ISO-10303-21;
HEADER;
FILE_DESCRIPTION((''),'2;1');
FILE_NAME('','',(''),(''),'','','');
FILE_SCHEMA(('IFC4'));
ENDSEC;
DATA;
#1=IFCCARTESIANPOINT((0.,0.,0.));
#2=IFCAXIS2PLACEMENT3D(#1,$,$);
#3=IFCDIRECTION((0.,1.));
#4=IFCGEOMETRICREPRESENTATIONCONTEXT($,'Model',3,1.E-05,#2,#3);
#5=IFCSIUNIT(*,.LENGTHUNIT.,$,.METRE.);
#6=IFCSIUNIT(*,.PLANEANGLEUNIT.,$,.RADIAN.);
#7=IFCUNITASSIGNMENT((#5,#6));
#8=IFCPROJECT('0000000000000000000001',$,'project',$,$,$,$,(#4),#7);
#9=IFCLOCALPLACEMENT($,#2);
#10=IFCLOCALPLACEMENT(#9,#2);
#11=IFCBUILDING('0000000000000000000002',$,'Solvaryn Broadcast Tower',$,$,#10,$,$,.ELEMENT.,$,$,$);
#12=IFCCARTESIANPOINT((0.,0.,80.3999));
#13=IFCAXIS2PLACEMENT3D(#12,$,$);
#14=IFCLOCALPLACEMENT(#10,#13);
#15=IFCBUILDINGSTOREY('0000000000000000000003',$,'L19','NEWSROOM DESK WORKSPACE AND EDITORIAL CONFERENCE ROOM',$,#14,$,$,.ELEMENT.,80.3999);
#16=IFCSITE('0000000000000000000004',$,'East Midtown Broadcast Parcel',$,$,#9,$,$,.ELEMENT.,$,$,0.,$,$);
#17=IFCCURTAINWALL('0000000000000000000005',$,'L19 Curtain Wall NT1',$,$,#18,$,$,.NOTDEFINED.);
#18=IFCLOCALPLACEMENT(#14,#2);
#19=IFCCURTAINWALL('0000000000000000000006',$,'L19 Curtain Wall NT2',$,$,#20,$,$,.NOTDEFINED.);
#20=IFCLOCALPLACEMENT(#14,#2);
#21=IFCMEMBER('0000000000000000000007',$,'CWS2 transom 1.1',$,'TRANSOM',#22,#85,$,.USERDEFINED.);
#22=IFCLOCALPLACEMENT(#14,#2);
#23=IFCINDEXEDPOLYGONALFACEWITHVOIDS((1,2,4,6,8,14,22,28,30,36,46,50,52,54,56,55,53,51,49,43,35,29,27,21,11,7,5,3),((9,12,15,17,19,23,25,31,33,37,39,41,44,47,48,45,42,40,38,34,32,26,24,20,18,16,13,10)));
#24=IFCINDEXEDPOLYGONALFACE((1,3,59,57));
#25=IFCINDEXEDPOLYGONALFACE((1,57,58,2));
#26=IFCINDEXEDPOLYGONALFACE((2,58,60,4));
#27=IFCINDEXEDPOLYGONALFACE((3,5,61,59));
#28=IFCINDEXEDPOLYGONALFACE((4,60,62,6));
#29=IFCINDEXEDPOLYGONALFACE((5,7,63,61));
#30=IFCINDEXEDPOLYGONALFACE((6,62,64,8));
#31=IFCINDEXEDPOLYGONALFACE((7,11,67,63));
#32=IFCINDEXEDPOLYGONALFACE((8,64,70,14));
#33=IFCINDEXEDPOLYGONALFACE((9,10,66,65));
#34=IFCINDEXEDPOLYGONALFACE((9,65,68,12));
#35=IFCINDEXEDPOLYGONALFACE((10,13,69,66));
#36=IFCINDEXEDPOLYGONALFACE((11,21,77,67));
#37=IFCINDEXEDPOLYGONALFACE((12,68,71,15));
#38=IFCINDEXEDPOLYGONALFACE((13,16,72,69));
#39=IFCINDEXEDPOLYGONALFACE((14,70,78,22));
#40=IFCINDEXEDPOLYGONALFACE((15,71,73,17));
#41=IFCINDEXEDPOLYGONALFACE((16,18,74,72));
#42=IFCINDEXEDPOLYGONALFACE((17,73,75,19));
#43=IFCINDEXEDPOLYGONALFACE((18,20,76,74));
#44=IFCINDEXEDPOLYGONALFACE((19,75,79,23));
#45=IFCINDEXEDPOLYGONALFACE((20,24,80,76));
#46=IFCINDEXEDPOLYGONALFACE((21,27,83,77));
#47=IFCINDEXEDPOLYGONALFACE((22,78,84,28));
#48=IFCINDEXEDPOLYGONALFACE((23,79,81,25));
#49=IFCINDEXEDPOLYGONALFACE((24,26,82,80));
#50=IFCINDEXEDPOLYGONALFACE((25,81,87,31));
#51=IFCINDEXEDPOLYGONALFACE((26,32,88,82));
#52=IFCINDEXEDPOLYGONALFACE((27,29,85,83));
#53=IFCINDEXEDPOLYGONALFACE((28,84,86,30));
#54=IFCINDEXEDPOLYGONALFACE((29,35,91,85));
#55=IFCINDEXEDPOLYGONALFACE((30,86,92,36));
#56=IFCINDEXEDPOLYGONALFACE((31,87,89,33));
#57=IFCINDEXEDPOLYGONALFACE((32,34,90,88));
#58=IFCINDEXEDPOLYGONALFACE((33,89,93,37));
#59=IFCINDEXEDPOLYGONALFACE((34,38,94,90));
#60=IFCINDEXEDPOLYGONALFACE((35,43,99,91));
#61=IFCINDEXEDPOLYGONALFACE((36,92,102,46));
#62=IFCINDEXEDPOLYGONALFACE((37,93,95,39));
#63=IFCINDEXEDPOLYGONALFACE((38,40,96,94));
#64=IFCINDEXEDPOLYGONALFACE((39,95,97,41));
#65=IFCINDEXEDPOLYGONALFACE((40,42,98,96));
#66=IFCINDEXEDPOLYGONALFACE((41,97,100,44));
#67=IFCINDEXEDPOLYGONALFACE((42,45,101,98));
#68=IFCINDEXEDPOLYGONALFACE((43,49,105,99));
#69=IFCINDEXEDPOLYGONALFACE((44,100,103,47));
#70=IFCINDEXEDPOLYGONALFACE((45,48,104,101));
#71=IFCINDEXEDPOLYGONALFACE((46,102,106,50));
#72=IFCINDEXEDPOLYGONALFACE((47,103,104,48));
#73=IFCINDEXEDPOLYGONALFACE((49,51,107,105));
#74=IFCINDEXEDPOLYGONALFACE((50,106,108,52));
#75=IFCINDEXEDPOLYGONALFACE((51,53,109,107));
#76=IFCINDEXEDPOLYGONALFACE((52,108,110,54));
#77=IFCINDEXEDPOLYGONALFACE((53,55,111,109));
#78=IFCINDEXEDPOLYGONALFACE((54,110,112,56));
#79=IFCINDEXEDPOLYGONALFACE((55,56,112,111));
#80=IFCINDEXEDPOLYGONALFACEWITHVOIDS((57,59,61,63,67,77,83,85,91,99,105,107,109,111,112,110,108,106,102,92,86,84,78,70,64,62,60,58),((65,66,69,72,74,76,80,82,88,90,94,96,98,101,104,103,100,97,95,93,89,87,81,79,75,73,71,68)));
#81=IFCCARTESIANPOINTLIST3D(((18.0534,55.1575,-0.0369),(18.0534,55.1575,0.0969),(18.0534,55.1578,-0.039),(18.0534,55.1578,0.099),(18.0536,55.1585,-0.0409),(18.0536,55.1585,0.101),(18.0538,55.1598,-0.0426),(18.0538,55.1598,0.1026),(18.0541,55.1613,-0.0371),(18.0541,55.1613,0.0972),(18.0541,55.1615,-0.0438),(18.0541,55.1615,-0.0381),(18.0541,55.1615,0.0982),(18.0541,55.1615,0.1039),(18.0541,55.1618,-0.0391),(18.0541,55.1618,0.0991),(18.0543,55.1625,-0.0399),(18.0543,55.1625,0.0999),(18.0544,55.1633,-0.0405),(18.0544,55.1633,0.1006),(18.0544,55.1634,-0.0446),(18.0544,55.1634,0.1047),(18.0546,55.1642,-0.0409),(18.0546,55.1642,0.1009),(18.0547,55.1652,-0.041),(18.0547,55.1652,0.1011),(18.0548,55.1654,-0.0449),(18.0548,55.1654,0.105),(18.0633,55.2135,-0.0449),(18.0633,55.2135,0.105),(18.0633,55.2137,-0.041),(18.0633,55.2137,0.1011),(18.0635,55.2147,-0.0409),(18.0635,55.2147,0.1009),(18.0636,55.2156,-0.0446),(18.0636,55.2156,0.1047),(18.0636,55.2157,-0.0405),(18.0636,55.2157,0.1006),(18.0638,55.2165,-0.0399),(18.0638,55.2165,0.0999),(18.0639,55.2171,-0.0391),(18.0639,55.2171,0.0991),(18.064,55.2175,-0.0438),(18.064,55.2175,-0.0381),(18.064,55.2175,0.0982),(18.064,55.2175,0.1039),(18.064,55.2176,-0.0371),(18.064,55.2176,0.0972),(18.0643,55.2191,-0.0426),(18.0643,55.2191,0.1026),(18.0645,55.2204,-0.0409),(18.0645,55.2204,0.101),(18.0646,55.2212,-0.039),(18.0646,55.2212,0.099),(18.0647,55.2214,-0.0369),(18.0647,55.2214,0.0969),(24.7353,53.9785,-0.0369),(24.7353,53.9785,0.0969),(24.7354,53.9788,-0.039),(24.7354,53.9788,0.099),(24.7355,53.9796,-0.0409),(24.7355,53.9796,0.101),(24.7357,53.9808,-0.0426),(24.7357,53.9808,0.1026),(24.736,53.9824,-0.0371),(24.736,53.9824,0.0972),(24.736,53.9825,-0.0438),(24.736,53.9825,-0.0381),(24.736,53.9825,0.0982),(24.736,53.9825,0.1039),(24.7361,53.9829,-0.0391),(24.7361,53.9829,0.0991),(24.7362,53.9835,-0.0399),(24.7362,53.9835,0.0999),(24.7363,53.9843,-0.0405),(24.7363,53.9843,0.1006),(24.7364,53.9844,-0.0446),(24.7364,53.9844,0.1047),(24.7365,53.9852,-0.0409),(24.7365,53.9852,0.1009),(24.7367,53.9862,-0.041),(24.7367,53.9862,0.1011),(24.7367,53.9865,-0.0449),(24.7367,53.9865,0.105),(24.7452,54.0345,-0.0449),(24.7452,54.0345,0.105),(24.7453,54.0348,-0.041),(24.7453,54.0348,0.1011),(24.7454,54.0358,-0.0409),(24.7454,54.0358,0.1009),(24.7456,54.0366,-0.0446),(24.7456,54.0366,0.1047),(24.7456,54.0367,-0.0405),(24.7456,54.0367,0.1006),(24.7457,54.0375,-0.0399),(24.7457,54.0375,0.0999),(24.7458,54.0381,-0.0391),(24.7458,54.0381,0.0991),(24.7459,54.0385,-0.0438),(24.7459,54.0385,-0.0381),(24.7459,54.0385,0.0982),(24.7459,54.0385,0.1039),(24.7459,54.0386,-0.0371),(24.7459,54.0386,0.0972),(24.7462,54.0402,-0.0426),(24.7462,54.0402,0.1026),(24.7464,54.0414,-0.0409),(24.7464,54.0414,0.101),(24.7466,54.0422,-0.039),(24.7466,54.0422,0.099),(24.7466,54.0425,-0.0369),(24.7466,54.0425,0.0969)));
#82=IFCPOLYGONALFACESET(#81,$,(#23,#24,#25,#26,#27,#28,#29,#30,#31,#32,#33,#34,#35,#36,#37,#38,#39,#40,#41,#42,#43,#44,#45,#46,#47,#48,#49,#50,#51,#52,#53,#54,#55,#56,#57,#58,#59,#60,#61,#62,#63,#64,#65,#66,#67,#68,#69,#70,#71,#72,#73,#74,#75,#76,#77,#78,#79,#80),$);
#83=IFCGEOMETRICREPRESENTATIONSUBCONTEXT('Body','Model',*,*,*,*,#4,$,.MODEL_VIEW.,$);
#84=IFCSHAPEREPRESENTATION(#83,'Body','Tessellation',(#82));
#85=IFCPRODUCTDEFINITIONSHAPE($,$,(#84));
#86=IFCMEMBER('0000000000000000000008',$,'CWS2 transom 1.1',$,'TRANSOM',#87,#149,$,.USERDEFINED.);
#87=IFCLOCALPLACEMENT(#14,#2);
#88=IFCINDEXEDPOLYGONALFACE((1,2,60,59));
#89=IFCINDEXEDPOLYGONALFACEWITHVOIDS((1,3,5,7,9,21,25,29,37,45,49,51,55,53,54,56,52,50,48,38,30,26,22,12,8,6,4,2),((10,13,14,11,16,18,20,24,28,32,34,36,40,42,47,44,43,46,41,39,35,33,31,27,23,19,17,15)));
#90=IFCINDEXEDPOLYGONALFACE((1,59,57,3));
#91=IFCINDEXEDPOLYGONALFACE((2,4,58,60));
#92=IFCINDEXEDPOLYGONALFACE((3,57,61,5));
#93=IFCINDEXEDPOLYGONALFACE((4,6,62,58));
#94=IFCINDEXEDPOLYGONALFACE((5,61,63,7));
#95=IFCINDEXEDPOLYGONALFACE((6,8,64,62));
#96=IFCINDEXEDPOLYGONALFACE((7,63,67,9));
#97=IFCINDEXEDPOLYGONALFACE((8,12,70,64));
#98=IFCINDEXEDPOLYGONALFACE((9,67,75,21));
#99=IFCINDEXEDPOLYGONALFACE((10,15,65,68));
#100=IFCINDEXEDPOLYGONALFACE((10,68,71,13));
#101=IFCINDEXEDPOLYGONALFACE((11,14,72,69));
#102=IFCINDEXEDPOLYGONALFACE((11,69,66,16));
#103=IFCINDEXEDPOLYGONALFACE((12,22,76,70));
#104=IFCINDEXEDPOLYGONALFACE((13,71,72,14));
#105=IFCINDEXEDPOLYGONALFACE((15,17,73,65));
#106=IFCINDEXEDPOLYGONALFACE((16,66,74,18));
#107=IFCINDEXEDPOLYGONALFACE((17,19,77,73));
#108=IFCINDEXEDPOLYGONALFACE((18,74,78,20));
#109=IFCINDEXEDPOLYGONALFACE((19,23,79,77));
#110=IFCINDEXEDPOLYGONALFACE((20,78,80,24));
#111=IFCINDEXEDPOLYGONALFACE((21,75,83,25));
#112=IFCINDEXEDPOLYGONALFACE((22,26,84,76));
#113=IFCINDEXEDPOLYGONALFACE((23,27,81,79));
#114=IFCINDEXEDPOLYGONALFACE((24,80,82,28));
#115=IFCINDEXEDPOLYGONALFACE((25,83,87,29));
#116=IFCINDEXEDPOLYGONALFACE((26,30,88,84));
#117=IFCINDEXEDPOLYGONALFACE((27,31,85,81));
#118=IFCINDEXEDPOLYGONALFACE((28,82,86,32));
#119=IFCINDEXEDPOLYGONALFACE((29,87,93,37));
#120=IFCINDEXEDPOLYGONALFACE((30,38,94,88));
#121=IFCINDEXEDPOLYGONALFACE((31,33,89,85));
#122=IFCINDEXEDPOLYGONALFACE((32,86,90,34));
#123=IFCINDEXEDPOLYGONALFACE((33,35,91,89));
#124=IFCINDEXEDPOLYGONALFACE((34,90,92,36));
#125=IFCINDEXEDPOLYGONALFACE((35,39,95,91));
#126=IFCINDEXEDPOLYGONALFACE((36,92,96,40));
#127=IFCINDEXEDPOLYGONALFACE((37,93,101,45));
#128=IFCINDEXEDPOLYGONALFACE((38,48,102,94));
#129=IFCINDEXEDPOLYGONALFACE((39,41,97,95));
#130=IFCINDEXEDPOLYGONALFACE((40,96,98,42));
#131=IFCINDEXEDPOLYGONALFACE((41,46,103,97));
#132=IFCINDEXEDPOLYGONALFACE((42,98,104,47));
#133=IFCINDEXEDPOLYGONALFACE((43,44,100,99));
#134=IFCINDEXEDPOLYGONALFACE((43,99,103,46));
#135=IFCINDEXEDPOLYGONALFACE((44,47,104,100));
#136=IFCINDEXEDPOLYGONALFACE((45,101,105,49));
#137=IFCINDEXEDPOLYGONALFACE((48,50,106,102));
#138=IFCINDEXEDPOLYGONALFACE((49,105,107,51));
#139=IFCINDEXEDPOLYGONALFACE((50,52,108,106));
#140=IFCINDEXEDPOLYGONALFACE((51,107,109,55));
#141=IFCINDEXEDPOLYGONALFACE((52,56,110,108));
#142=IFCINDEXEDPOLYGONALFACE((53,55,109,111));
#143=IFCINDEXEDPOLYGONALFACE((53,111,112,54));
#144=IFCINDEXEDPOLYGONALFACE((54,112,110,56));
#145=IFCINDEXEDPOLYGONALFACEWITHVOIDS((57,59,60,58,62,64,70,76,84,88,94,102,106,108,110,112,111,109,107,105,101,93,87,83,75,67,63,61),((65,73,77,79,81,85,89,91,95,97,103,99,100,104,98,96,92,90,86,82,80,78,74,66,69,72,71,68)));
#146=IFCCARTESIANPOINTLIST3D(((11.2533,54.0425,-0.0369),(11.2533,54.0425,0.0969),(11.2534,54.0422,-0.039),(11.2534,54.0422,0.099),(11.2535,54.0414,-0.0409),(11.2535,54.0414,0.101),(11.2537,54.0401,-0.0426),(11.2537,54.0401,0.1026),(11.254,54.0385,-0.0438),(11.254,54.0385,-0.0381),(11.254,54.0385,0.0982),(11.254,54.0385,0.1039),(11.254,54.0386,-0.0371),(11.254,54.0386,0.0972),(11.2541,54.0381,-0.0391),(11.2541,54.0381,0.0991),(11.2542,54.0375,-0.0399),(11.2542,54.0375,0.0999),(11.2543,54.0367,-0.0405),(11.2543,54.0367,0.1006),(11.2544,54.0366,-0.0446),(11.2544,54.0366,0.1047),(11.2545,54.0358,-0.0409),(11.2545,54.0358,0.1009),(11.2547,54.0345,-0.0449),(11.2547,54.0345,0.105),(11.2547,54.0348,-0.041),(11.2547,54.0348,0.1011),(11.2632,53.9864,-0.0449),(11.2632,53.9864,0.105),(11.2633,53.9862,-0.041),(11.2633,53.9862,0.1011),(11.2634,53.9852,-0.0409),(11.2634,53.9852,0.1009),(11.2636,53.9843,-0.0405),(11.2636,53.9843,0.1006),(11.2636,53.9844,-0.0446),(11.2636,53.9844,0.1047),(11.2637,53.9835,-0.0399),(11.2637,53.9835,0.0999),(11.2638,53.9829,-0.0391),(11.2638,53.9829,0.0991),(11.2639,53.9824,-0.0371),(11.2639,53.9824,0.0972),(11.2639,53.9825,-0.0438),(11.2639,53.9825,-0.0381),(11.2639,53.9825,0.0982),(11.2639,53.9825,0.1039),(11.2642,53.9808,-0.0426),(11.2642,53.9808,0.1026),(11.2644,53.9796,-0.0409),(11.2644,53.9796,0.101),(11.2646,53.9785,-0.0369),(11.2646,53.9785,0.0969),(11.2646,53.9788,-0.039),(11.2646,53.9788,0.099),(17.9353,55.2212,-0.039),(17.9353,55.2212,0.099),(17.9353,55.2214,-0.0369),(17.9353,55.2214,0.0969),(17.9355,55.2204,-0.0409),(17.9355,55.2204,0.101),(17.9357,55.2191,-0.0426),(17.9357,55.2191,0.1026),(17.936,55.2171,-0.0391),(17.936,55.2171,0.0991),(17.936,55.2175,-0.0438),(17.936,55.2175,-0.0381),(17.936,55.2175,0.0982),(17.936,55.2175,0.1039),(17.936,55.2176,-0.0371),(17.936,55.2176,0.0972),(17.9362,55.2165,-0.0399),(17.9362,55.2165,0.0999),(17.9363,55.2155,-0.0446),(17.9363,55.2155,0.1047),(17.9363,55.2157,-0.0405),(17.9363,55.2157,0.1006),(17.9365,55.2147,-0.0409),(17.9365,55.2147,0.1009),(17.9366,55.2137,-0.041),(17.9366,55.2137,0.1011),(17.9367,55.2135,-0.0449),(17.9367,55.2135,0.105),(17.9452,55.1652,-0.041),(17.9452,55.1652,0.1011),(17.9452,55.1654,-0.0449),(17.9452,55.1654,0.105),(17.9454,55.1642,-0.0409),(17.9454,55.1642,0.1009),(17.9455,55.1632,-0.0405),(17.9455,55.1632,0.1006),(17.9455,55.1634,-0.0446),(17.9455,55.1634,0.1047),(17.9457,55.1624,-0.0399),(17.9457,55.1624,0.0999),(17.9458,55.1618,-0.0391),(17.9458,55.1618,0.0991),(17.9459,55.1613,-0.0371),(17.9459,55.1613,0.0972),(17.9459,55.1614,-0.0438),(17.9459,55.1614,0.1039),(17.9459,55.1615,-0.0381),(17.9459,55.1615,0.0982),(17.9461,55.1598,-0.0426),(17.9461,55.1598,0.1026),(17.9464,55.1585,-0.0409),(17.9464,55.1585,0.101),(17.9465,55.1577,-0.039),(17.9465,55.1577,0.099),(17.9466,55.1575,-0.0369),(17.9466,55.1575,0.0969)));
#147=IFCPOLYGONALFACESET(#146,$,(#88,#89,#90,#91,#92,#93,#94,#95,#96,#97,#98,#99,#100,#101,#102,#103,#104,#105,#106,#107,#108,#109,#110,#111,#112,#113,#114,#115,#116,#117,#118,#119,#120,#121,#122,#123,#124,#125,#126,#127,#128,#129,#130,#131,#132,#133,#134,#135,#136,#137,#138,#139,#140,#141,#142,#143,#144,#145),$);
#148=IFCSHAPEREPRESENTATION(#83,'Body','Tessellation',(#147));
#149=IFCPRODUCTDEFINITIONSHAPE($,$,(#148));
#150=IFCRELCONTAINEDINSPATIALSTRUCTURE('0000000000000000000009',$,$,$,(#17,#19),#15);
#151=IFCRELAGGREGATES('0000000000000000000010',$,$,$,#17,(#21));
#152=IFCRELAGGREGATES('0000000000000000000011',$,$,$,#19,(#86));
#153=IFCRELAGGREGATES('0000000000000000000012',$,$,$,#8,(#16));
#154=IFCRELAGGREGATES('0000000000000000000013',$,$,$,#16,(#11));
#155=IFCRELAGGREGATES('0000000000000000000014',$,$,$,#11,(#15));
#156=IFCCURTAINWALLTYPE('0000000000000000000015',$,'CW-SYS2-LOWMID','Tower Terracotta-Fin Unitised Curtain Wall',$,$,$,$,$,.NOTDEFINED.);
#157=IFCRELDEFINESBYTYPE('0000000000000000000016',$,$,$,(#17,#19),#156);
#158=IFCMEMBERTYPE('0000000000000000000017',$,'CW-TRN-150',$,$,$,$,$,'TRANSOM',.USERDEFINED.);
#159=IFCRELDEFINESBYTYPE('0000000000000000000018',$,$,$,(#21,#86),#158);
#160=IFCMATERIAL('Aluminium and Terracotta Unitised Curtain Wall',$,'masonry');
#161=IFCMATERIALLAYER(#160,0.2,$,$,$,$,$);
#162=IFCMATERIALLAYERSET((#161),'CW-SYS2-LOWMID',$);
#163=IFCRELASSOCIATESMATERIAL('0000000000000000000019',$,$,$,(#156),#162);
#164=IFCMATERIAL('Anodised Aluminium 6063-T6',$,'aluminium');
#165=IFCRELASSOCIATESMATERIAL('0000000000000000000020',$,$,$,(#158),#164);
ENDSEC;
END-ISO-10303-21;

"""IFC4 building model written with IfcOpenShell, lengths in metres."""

from ifc_helpers import new_model, si_unit, direction, frame, origin, origin_2d, place, context, subcontext, project, spatial, hollow_rectangle, extrude, material, layer, layer_set, material_profile, profile_set, type_object, element, aggregate, save


model = new_model("IFC4")

# Units and contexts
model_context = context("Model", 3, precision=1e-05, world=origin(), true_north=direction((0.0, 1.0)))
body_context = subcontext(model_context, "Body", "Model", "MODEL_VIEW")
ifc_project = project(units=[si_unit("LENGTHUNIT", "METRE"), si_unit("PLANEANGLEUNIT", "RADIAN")], contexts=[model_context])

# Site, building, storey
site_placement = place(None, origin())
site = spatial("IfcSite", under=ifc_project, at=site_placement, Name="East Midtown Broadcast Parcel", CompositionType="ELEMENT", RefElevation=0.0)
building_placement = place(site_placement, origin())
building = spatial("IfcBuilding", under=site, at=building_placement, Name="Solvaryn Broadcast Tower", CompositionType="ELEMENT")
storey_placement = place(building_placement, frame((0.0, 0.0, 80.3999)))
storey = spatial("IfcBuildingStorey", under=building, at=storey_placement, Name="L19", Description="NEWSROOM DESK WORKSPACE AND EDITORIAL CONFERENCE ROOM", CompositionType="ELEMENT", Elevation=80.3999)

# Curtain walls
ifc_material_1 = material(Name="Aluminium and Terracotta Unitised Curtain Wall", Category="masonry")
ifc_layer_1 = layer(ifc_material_1, 0.2)
ifc_layer_set_1 = layer_set([ifc_layer_1], Name="CW-SYS2-LOWMID")
curtain_wall_type = type_object("IfcCurtainWallType", Name="CW-SYS2-LOWMID", Description="Tower Terracotta-Fin Unitised Curtain Wall", PredefinedType="NOTDEFINED", material=ifc_layer_set_1)
curtain_wall_1_placement = place(storey_placement, origin())
curtain_wall_1 = element("IfcCurtainWall", 1, at=curtain_wall_1_placement, inside=storey, type_object=curtain_wall_type, Name="L19 Curtain Wall NT1", PredefinedType="NOTDEFINED")
curtain_wall_2_placement = place(storey_placement, origin())
curtain_wall_2 = element("IfcCurtainWall", 2, at=curtain_wall_2_placement, inside=storey, type_object=curtain_wall_type, Name="L19 Curtain Wall NT2", PredefinedType="NOTDEFINED")

# Members
ifc_material_2 = material(Name="Anodised Aluminium 6063-T6", Category="aluminium")
ifc_material_profile_1 = material_profile(ifc_material_2, hollow_rectangle(XDim=0.0649, YDim=0.1499, WallThickness=0.0039, InnerFilletRadius=0.0039, OuterFilletRadius=0.0081, at=origin_2d()))
ifc_profile_set_1 = profile_set([ifc_material_profile_1], Name="Anodised Aluminium 6063-T6")
member_type_1 = type_object("IfcMemberType", Name="CW-TRN-150", ElementType="TRANSOM", PredefinedType="USERDEFINED", material=ifc_profile_set_1)
member_1_placement = place(storey_placement, frame((24.741, 54.0105, 0.03), z_axis=(-0.984789, 0.173757, 0.0), x_axis=(-0.173757, -0.984789, 0.0)))
member_1 = element("IfcMember", 3, at=member_1_placement, type_object=member_type_1, Name="CWS2 transom 1.1", ObjectType="TRANSOM", PredefinedType="USERDEFINED", context=body_context, shape_type="SweptSolid", body=[
    extrude(hollow_rectangle(XDim=0.0649, YDim=0.1499, WallThickness=0.0039, InnerFilletRadius=0.0039, OuterFilletRadius=0.0081, at=origin_2d()), origin(), (0.0, 0.0, 1.0), 6.7852),
])
member_2_placement = place(storey_placement, frame((17.9409, 55.1895, 0.03), z_axis=(-0.984789, -0.173757, 0.0), x_axis=(0.173757, -0.984789, 0.0)))
member_2 = element("IfcMember", 4, at=member_2_placement, type_object=member_type_1, Name="CWS2 transom 1.1", ObjectType="TRANSOM", PredefinedType="USERDEFINED", context=body_context, shape_type="SweptSolid", body=[
    extrude(hollow_rectangle(XDim=0.0649, YDim=0.1499, WallThickness=0.0039, InnerFilletRadius=0.0039, OuterFilletRadius=0.0081, at=origin_2d()), origin(), (0.0, 0.0, 1.0), 6.7852),
])

aggregate(curtain_wall_1, [member_1])
aggregate(curtain_wall_2, [member_2])

save(model, "model.ifc")
